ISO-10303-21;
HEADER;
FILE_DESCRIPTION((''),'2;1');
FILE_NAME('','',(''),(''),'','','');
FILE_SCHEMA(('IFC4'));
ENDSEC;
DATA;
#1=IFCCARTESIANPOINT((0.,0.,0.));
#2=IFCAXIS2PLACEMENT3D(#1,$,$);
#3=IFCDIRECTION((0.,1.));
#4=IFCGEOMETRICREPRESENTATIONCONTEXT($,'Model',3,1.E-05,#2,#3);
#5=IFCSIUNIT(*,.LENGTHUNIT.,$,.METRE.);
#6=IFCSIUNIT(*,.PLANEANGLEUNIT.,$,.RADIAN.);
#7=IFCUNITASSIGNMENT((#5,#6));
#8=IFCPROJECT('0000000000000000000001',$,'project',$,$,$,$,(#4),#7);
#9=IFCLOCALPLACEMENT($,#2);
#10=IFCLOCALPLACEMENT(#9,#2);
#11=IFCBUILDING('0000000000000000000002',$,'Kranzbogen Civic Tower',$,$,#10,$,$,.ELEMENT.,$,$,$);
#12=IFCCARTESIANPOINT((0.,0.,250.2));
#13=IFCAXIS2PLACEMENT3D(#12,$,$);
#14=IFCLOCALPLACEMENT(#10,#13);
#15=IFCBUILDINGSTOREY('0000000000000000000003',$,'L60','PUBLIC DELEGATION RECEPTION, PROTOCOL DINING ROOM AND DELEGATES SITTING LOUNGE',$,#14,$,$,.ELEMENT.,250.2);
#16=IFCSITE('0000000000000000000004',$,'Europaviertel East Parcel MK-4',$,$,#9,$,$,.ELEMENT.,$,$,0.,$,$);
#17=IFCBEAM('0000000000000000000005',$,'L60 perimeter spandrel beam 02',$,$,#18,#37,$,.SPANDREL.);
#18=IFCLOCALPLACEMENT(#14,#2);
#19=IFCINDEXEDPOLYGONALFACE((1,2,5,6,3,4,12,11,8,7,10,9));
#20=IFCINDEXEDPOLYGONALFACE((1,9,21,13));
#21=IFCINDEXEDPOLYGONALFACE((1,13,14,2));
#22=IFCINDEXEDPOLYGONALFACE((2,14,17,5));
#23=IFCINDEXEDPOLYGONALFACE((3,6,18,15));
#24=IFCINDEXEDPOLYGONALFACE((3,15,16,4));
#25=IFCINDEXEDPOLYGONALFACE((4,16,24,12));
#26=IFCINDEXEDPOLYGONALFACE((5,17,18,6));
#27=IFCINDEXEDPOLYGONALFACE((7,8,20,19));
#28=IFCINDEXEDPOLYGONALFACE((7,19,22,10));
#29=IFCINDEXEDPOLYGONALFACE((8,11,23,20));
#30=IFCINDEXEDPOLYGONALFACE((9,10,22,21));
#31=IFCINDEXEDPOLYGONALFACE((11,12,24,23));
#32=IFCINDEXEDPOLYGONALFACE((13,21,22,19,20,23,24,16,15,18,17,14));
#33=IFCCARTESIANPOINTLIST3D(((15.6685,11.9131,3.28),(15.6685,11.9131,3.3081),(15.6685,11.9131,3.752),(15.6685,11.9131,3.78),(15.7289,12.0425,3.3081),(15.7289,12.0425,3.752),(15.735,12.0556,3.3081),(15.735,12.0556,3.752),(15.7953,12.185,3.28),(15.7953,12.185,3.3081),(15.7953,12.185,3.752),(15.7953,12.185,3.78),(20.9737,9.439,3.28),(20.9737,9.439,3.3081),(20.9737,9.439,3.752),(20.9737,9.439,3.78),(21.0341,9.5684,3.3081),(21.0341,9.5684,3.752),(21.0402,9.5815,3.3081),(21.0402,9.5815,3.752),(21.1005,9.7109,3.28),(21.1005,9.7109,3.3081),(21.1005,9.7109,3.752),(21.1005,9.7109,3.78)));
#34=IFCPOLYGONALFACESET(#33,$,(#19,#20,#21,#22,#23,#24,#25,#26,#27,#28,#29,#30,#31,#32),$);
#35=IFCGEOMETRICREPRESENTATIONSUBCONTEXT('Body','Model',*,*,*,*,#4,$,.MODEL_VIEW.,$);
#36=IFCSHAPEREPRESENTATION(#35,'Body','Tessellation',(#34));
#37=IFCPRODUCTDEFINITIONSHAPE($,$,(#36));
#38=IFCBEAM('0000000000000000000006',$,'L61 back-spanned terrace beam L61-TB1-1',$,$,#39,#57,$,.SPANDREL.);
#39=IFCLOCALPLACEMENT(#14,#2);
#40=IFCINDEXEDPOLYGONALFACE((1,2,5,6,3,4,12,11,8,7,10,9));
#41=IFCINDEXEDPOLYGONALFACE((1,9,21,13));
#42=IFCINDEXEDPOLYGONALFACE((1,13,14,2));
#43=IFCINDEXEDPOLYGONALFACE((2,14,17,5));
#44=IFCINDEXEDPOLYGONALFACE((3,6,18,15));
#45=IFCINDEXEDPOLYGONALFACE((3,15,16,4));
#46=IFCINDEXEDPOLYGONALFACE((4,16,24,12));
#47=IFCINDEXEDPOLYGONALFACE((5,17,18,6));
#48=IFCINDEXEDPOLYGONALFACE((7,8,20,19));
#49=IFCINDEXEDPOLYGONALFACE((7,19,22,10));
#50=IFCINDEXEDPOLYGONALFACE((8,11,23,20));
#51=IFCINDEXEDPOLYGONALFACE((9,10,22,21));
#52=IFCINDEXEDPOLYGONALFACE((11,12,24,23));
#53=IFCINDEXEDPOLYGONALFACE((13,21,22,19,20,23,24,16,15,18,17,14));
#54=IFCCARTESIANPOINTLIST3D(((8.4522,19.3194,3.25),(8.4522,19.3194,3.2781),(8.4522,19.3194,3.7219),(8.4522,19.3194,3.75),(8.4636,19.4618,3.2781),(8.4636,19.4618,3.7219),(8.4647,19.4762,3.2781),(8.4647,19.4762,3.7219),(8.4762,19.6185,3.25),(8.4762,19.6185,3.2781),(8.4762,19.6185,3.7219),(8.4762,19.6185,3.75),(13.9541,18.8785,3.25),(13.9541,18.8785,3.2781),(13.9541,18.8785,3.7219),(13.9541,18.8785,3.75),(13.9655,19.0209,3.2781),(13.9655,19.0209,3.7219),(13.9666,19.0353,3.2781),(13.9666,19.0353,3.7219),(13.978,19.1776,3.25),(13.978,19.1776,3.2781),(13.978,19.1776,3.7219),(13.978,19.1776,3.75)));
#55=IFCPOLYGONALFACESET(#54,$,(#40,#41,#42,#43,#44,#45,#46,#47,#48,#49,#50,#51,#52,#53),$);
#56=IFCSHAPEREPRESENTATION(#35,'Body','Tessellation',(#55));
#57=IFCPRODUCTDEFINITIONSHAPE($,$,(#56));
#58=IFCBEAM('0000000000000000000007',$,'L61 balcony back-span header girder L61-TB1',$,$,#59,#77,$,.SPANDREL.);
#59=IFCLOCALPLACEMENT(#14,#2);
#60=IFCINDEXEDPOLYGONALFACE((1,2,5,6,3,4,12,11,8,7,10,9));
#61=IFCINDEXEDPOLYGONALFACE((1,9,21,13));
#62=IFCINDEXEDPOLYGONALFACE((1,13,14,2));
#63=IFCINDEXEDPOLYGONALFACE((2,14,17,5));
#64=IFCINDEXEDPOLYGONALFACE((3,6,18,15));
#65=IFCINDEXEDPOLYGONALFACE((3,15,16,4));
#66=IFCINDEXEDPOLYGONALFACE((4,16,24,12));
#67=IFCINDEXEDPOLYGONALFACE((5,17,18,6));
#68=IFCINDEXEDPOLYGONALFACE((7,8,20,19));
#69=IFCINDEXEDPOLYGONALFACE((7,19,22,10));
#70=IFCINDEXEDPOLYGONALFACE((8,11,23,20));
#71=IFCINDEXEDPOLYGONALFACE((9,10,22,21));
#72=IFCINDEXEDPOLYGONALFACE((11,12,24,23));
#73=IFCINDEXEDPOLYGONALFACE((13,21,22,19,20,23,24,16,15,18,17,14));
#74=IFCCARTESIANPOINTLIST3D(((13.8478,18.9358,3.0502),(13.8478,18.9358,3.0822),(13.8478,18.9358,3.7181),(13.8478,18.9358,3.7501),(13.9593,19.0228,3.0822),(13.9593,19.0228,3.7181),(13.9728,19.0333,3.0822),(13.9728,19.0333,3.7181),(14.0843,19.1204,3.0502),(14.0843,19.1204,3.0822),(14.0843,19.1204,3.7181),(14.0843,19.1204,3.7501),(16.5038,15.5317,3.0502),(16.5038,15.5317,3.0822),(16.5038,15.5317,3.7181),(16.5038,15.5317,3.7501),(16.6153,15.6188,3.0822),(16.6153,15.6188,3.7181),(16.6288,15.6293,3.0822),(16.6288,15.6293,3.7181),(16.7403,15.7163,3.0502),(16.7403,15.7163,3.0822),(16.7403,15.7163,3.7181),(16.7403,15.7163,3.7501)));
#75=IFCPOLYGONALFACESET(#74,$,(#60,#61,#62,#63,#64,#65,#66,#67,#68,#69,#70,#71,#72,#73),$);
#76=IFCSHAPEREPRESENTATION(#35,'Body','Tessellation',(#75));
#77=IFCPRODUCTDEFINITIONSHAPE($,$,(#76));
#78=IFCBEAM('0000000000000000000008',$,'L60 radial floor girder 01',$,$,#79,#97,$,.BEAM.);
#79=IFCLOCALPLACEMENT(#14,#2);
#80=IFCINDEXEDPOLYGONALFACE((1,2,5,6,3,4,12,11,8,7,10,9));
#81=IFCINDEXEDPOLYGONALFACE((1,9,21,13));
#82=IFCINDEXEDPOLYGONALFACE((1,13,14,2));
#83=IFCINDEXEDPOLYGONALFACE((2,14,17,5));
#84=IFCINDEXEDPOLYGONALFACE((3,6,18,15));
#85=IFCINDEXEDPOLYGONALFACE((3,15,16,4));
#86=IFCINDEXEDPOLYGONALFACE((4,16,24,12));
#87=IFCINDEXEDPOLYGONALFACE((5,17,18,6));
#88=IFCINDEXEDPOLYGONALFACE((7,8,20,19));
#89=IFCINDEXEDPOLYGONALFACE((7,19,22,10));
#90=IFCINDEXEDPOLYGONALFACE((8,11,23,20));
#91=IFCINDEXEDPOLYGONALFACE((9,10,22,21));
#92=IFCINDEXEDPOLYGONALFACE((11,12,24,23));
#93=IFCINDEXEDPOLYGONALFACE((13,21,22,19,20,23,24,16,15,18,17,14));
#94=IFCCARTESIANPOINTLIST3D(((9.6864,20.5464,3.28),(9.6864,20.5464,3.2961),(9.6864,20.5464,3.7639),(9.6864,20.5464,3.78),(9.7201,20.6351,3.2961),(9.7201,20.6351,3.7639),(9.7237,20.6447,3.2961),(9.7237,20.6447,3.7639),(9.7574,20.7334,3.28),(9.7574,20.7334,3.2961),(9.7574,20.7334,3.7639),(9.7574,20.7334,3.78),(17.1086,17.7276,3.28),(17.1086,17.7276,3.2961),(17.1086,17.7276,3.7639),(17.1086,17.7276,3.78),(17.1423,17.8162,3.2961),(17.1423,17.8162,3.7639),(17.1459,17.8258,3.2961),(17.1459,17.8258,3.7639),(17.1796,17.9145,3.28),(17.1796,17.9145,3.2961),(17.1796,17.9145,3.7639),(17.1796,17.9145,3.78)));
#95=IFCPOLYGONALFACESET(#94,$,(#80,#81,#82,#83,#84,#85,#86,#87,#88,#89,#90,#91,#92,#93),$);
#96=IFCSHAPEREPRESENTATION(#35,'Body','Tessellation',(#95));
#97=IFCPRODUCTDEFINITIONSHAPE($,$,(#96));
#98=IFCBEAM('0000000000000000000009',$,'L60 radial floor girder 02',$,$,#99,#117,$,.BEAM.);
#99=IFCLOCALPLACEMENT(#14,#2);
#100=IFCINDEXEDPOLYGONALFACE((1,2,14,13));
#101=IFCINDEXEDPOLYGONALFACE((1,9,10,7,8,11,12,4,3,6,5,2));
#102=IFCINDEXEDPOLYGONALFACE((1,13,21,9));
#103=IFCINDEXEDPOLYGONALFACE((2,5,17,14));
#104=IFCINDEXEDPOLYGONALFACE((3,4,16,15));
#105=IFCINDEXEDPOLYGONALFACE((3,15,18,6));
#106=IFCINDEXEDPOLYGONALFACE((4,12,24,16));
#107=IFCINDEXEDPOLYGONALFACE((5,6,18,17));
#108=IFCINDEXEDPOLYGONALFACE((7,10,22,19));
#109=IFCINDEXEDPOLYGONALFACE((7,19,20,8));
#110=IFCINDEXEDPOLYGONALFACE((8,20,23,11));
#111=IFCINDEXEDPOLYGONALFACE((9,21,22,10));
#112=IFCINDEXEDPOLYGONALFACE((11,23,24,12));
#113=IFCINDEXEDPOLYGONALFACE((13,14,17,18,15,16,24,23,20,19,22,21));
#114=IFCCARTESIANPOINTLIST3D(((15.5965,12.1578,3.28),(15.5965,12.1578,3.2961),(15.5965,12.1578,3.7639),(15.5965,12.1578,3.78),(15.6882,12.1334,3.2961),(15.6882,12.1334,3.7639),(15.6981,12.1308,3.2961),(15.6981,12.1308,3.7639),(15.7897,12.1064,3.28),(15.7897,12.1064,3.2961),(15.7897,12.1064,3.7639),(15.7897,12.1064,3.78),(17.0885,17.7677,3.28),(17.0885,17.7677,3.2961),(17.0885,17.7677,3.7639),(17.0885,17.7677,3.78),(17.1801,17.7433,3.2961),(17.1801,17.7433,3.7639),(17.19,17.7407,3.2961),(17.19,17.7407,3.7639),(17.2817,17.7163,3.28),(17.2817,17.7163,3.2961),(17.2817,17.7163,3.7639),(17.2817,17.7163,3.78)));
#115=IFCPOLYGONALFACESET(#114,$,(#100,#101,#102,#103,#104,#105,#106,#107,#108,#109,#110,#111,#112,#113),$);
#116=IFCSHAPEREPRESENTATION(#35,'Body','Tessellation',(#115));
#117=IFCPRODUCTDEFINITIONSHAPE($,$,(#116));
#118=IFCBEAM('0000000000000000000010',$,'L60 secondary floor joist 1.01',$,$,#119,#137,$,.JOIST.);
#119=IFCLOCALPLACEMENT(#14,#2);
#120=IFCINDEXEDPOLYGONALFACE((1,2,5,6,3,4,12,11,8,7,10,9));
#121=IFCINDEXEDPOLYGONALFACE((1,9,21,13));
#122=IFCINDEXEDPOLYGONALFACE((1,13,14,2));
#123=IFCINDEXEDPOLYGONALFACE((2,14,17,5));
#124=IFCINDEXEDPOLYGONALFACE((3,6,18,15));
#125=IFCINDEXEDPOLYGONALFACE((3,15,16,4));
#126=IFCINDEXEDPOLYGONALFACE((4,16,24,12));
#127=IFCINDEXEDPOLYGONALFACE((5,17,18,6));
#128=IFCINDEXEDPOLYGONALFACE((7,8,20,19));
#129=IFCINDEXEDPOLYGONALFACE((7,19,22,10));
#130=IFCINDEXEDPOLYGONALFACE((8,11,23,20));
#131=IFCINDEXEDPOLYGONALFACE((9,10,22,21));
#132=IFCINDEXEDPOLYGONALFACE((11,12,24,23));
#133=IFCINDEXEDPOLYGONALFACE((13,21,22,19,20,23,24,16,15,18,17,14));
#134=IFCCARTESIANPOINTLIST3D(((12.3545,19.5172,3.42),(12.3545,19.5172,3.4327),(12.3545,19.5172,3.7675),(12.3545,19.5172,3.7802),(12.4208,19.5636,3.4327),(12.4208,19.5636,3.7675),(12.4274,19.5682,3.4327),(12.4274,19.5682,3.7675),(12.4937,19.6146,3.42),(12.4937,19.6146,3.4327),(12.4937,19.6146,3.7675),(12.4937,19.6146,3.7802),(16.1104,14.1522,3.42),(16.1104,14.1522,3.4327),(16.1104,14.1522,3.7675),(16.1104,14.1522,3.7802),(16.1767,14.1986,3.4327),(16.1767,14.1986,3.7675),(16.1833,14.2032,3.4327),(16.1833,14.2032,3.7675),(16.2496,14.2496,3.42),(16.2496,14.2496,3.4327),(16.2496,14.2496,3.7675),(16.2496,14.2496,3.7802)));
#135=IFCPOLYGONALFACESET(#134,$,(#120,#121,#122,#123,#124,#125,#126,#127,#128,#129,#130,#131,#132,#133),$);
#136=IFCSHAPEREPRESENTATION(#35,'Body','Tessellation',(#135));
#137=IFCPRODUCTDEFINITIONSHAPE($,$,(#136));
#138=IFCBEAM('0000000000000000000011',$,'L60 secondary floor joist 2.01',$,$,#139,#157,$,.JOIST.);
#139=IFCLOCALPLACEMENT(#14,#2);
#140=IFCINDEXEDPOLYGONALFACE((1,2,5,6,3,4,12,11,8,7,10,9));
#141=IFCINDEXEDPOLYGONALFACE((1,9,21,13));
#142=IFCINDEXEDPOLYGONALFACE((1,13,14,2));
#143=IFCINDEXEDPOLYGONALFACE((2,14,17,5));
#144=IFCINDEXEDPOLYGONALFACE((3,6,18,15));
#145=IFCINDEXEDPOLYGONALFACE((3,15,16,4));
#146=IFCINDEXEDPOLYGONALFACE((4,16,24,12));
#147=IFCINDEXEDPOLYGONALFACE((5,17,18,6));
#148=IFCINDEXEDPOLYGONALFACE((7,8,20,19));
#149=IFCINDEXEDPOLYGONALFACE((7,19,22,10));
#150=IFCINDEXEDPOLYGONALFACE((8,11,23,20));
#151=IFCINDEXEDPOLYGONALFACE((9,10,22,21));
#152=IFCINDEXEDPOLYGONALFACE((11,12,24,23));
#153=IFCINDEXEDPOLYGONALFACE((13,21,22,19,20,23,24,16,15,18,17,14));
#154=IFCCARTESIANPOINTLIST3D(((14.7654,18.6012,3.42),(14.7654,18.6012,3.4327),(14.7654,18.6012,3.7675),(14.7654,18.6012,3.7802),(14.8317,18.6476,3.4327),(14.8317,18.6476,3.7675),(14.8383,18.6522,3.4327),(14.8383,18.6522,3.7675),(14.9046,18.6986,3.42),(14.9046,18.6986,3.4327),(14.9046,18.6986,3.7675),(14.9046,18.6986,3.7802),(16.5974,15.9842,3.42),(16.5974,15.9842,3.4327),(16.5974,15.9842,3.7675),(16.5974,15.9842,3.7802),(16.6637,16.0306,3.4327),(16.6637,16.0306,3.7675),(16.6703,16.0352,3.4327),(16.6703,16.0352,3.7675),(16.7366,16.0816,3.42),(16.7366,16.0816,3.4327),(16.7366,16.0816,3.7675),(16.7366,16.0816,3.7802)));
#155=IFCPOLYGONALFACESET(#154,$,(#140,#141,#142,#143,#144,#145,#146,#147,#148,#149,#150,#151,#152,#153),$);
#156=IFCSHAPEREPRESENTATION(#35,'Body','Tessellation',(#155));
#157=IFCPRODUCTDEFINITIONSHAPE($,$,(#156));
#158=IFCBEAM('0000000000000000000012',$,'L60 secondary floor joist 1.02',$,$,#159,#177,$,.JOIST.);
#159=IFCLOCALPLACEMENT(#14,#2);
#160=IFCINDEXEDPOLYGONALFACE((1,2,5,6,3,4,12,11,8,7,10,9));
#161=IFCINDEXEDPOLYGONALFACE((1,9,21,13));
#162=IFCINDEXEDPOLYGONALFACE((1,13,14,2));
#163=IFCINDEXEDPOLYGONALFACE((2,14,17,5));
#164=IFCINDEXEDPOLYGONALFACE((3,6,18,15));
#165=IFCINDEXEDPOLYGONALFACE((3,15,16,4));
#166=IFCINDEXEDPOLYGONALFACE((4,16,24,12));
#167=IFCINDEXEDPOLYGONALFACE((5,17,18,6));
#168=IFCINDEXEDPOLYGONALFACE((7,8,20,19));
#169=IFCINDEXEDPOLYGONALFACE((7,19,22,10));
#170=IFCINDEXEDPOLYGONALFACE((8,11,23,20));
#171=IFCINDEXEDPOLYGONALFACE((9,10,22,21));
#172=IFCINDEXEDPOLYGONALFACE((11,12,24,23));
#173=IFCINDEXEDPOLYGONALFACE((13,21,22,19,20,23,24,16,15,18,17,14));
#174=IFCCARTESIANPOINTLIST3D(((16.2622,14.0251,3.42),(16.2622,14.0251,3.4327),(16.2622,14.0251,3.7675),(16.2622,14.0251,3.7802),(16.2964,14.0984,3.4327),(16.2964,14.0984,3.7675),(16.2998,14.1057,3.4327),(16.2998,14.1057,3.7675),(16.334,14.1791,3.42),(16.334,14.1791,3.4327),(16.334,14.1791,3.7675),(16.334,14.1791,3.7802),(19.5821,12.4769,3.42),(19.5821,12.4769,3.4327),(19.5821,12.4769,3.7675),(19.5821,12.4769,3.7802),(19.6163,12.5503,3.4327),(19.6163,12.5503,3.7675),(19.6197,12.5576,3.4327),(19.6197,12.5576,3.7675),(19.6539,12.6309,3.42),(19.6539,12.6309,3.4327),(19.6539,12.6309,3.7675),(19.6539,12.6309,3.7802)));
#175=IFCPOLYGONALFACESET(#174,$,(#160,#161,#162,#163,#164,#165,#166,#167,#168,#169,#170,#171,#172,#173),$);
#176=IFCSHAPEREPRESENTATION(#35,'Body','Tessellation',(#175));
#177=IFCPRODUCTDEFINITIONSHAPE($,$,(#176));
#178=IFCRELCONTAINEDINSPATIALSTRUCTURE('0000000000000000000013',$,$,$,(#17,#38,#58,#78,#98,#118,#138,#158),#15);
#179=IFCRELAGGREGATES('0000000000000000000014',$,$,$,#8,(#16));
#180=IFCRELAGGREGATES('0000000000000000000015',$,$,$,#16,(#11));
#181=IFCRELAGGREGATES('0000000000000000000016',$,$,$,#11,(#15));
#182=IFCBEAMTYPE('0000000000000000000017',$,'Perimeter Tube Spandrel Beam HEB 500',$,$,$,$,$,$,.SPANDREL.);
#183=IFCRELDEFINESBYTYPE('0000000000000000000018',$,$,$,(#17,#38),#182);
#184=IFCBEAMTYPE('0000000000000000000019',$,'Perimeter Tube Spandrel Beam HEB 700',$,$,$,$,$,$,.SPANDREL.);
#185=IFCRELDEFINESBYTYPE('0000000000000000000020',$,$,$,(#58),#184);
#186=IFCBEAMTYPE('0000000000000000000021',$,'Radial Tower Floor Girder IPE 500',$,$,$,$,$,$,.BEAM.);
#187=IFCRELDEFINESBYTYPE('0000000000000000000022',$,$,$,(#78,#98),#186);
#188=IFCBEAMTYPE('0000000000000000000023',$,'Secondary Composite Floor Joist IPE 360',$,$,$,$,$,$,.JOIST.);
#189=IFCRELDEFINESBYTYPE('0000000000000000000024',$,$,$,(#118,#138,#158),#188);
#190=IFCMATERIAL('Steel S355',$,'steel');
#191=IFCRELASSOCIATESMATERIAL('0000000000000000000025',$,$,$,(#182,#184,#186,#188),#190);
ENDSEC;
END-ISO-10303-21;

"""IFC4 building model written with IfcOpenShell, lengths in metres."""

from ifc_helpers import new_model, si_unit, direction, frame, origin, origin_2d, place, context, subcontext, project, spatial, i_section, extrude, material, material_profile, profile_set, type_object, element, save


model = new_model("IFC4")

# Units and contexts
model_context = context("Model", 3, precision=1e-05, world=origin(), true_north=direction((0.0, 1.0)))
body_context = subcontext(model_context, "Body", "Model", "MODEL_VIEW")
ifc_project = project(units=[si_unit("LENGTHUNIT", "METRE"), si_unit("PLANEANGLEUNIT", "RADIAN")], contexts=[model_context])

# Site, building, storey
site_placement = place(None, origin())
site = spatial("IfcSite", under=ifc_project, at=site_placement, Name="Europaviertel East Parcel MK-4", CompositionType="ELEMENT", RefElevation=0.0)
building_placement = place(site_placement, origin())
building = spatial("IfcBuilding", under=site, at=building_placement, Name="Kranzbogen Civic Tower", CompositionType="ELEMENT")
storey_placement = place(building_placement, frame((0.0, 0.0, 250.2)))
storey = spatial("IfcBuildingStorey", under=building, at=storey_placement, Name="L60", Description="PUBLIC DELEGATION RECEPTION, PROTOCOL DINING ROOM AND DELEGATES SITTING LOUNGE", CompositionType="ELEMENT", Elevation=250.2)

# Shared definitions
ifc_material_1 = material(Name="Steel S355", Category="steel")

# Beams
ifc_material_profile_1 = material_profile(ifc_material_1, i_section(OverallWidth=0.3, OverallDepth=0.5, WebThickness=0.0144, FlangeThickness=0.0281, at=origin_2d()), Name="HEB 500")
ifc_profile_set_1 = profile_set([ifc_material_profile_1], Name="Steel S355")
beam_type_1 = type_object("IfcBeamType", Name="Perimeter Tube Spandrel Beam HEB 500", PredefinedType="SPANDREL", material=ifc_profile_set_1)
beam_1_placement = place(storey_placement, frame((15.7319, 12.0491, 3.53), z_axis=(0.90629, -0.422657, 0.0), x_axis=(0.422657, 0.90629, 0.0)))
element("IfcBeam", 1, at=beam_1_placement, inside=storey, type_object=beam_type_1, Name="L60 perimeter spandrel beam 02", PredefinedType="SPANDREL", context=body_context, shape_type="SweptSolid", body=[
    extrude(i_section(OverallWidth=0.3, OverallDepth=0.5, WebThickness=0.0144, FlangeThickness=0.0281, at=origin_2d()), origin(), (0.0, 0.0, 1.0), 5.8538),
])
beam_2_placement = place(storey_placement, frame((13.9661, 19.0281, 3.5), z_axis=(-0.996804, 0.079882, 0.0), x_axis=(-0.079882, -0.996804, 0.0)))
element("IfcBeam", 2, at=beam_2_placement, inside=storey, type_object=beam_type_1, Name="L61 back-spanned terrace beam L61-TB1-1", PredefinedType="SPANDREL", context=body_context, shape_type="SweptSolid", body=[
    extrude(i_section(OverallWidth=0.3, OverallDepth=0.5, WebThickness=0.0144, FlangeThickness=0.0281, at=origin_2d()), origin(), (0.0, 0.0, 1.0), 5.5195),
])
ifc_material_profile_2 = material_profile(ifc_material_1, i_section(OverallWidth=0.3, OverallDepth=0.7, WebThickness=0.0171, FlangeThickness=0.032, at=origin_2d()), Name="HEB 700")
ifc_profile_set_2 = profile_set([ifc_material_profile_2], Name="Steel S355")
beam_type_2 = type_object("IfcBeamType", Name="Perimeter Tube Spandrel Beam HEB 700", PredefinedType="SPANDREL", material=ifc_profile_set_2)
beam_3_placement = place(storey_placement, frame((13.9661, 19.0281, 3.4001), z_axis=(0.615153, -0.788407, 0.0), x_axis=(0.788407, 0.615153, 0.0)))
element("IfcBeam", 3, at=beam_3_placement, inside=storey, type_object=beam_type_2, Name="L61 balcony back-span header girder L61-TB1", PredefinedType="SPANDREL", context=body_context, shape_type="SweptSolid", body=[
    extrude(i_section(OverallWidth=0.3, OverallDepth=0.7, WebThickness=0.0171, FlangeThickness=0.032, at=origin_2d()), origin(), (0.0, 0.0, 1.0), 4.3176),
])
ifc_material_profile_3 = material_profile(ifc_material_1, i_section(OverallWidth=0.2, OverallDepth=0.5, WebThickness=0.0103, FlangeThickness=0.0161, at=origin_2d()), Name="IPE 500")
ifc_profile_set_3 = profile_set([ifc_material_profile_3], Name="Steel S355")
beam_type_3 = type_object("IfcBeamType", Name="Radial Tower Floor Girder IPE 500", PredefinedType="BEAM", material=ifc_profile_set_3)
beam_4_placement = place(storey_placement, frame((9.7219, 20.6399, 3.53), z_axis=(0.934849, -0.355046, 0.0), x_axis=(0.355046, 0.934849, 0.0)))
element("IfcBeam", 4, at=beam_4_placement, inside=storey, type_object=beam_type_3, Name="L60 radial floor girder 01", PredefinedType="BEAM", context=body_context, shape_type="SweptSolid", body=[
    extrude(i_section(OverallWidth=0.2, OverallDepth=0.5, WebThickness=0.0103, FlangeThickness=0.0161, at=origin_2d()), origin(), (0.0, 0.0, 1.0), 7.9395),
])
beam_5_placement = place(storey_placement, frame((15.6931, 12.1321, 3.53), z_axis=(0.257016, 0.966407, 0.0), x_axis=(-0.966407, 0.257016, 0.0)))
element("IfcBeam", 5, at=beam_5_placement, inside=storey, type_object=beam_type_3, Name="L60 radial floor girder 02", PredefinedType="BEAM", context=body_context, shape_type="SweptSolid", body=[
    extrude(i_section(OverallWidth=0.2, OverallDepth=0.5, WebThickness=0.0103, FlangeThickness=0.0161, at=origin_2d()), origin(), (0.0, 0.0, 1.0), 5.8049),
])
ifc_material_profile_4 = material_profile(ifc_material_1, i_section(OverallWidth=0.1699, OverallDepth=0.3601, WebThickness=0.0081, FlangeThickness=0.0127, at=origin_2d()), Name="IPE 360")
ifc_profile_set_4 = profile_set([ifc_material_profile_4], Name="Steel S355")
beam_type_4 = type_object("IfcBeamType", Name="Secondary Composite Floor Joist IPE 360", PredefinedType="JOIST", material=ifc_profile_set_4)
beam_6_placement = place(storey_placement, frame((12.4241, 19.5659, 3.6001), z_axis=(0.5735, -0.819206, 0.0), x_axis=(0.819206, 0.5735, 0.0)))
element("IfcBeam", 6, at=beam_6_placement, inside=storey, type_object=beam_type_4, Name="L60 secondary floor joist 1.01", PredefinedType="JOIST", context=body_context, shape_type="SweptSolid", body=[
    extrude(i_section(OverallWidth=0.1699, OverallDepth=0.3601, WebThickness=0.0081, FlangeThickness=0.0127, at=origin_2d()), origin(), (0.0, 0.0, 1.0), 6.5491),
])
beam_7_placement = place(storey_placement, frame((14.835, 18.6499, 3.6001), z_axis=(0.573498, -0.819207, 0.0), x_axis=(0.819207, 0.573498, 0.0)))
element("IfcBeam", 7, at=beam_7_placement, inside=storey, type_object=beam_type_4, Name="L60 secondary floor joist 2.01", PredefinedType="JOIST", context=body_context, shape_type="SweptSolid", body=[
    extrude(i_section(OverallWidth=0.1699, OverallDepth=0.3601, WebThickness=0.0081, FlangeThickness=0.0127, at=origin_2d()), origin(), (0.0, 0.0, 1.0), 3.1946),
])
beam_8_placement = place(storey_placement, frame((16.2981, 14.1021, 3.6001), z_axis=(0.906304, -0.422626, 0.0), x_axis=(0.422626, 0.906304, 0.0)))
element("IfcBeam", 8, at=beam_8_placement, inside=storey, type_object=beam_type_4, Name="L60 secondary floor joist 1.02", PredefinedType="JOIST", context=body_context, shape_type="SweptSolid", body=[
    extrude(i_section(OverallWidth=0.1699, OverallDepth=0.3601, WebThickness=0.0081, FlangeThickness=0.0127, at=origin_2d()), origin(), (0.0, 0.0, 1.0), 3.6631),
])

save(model, "model.ifc")
